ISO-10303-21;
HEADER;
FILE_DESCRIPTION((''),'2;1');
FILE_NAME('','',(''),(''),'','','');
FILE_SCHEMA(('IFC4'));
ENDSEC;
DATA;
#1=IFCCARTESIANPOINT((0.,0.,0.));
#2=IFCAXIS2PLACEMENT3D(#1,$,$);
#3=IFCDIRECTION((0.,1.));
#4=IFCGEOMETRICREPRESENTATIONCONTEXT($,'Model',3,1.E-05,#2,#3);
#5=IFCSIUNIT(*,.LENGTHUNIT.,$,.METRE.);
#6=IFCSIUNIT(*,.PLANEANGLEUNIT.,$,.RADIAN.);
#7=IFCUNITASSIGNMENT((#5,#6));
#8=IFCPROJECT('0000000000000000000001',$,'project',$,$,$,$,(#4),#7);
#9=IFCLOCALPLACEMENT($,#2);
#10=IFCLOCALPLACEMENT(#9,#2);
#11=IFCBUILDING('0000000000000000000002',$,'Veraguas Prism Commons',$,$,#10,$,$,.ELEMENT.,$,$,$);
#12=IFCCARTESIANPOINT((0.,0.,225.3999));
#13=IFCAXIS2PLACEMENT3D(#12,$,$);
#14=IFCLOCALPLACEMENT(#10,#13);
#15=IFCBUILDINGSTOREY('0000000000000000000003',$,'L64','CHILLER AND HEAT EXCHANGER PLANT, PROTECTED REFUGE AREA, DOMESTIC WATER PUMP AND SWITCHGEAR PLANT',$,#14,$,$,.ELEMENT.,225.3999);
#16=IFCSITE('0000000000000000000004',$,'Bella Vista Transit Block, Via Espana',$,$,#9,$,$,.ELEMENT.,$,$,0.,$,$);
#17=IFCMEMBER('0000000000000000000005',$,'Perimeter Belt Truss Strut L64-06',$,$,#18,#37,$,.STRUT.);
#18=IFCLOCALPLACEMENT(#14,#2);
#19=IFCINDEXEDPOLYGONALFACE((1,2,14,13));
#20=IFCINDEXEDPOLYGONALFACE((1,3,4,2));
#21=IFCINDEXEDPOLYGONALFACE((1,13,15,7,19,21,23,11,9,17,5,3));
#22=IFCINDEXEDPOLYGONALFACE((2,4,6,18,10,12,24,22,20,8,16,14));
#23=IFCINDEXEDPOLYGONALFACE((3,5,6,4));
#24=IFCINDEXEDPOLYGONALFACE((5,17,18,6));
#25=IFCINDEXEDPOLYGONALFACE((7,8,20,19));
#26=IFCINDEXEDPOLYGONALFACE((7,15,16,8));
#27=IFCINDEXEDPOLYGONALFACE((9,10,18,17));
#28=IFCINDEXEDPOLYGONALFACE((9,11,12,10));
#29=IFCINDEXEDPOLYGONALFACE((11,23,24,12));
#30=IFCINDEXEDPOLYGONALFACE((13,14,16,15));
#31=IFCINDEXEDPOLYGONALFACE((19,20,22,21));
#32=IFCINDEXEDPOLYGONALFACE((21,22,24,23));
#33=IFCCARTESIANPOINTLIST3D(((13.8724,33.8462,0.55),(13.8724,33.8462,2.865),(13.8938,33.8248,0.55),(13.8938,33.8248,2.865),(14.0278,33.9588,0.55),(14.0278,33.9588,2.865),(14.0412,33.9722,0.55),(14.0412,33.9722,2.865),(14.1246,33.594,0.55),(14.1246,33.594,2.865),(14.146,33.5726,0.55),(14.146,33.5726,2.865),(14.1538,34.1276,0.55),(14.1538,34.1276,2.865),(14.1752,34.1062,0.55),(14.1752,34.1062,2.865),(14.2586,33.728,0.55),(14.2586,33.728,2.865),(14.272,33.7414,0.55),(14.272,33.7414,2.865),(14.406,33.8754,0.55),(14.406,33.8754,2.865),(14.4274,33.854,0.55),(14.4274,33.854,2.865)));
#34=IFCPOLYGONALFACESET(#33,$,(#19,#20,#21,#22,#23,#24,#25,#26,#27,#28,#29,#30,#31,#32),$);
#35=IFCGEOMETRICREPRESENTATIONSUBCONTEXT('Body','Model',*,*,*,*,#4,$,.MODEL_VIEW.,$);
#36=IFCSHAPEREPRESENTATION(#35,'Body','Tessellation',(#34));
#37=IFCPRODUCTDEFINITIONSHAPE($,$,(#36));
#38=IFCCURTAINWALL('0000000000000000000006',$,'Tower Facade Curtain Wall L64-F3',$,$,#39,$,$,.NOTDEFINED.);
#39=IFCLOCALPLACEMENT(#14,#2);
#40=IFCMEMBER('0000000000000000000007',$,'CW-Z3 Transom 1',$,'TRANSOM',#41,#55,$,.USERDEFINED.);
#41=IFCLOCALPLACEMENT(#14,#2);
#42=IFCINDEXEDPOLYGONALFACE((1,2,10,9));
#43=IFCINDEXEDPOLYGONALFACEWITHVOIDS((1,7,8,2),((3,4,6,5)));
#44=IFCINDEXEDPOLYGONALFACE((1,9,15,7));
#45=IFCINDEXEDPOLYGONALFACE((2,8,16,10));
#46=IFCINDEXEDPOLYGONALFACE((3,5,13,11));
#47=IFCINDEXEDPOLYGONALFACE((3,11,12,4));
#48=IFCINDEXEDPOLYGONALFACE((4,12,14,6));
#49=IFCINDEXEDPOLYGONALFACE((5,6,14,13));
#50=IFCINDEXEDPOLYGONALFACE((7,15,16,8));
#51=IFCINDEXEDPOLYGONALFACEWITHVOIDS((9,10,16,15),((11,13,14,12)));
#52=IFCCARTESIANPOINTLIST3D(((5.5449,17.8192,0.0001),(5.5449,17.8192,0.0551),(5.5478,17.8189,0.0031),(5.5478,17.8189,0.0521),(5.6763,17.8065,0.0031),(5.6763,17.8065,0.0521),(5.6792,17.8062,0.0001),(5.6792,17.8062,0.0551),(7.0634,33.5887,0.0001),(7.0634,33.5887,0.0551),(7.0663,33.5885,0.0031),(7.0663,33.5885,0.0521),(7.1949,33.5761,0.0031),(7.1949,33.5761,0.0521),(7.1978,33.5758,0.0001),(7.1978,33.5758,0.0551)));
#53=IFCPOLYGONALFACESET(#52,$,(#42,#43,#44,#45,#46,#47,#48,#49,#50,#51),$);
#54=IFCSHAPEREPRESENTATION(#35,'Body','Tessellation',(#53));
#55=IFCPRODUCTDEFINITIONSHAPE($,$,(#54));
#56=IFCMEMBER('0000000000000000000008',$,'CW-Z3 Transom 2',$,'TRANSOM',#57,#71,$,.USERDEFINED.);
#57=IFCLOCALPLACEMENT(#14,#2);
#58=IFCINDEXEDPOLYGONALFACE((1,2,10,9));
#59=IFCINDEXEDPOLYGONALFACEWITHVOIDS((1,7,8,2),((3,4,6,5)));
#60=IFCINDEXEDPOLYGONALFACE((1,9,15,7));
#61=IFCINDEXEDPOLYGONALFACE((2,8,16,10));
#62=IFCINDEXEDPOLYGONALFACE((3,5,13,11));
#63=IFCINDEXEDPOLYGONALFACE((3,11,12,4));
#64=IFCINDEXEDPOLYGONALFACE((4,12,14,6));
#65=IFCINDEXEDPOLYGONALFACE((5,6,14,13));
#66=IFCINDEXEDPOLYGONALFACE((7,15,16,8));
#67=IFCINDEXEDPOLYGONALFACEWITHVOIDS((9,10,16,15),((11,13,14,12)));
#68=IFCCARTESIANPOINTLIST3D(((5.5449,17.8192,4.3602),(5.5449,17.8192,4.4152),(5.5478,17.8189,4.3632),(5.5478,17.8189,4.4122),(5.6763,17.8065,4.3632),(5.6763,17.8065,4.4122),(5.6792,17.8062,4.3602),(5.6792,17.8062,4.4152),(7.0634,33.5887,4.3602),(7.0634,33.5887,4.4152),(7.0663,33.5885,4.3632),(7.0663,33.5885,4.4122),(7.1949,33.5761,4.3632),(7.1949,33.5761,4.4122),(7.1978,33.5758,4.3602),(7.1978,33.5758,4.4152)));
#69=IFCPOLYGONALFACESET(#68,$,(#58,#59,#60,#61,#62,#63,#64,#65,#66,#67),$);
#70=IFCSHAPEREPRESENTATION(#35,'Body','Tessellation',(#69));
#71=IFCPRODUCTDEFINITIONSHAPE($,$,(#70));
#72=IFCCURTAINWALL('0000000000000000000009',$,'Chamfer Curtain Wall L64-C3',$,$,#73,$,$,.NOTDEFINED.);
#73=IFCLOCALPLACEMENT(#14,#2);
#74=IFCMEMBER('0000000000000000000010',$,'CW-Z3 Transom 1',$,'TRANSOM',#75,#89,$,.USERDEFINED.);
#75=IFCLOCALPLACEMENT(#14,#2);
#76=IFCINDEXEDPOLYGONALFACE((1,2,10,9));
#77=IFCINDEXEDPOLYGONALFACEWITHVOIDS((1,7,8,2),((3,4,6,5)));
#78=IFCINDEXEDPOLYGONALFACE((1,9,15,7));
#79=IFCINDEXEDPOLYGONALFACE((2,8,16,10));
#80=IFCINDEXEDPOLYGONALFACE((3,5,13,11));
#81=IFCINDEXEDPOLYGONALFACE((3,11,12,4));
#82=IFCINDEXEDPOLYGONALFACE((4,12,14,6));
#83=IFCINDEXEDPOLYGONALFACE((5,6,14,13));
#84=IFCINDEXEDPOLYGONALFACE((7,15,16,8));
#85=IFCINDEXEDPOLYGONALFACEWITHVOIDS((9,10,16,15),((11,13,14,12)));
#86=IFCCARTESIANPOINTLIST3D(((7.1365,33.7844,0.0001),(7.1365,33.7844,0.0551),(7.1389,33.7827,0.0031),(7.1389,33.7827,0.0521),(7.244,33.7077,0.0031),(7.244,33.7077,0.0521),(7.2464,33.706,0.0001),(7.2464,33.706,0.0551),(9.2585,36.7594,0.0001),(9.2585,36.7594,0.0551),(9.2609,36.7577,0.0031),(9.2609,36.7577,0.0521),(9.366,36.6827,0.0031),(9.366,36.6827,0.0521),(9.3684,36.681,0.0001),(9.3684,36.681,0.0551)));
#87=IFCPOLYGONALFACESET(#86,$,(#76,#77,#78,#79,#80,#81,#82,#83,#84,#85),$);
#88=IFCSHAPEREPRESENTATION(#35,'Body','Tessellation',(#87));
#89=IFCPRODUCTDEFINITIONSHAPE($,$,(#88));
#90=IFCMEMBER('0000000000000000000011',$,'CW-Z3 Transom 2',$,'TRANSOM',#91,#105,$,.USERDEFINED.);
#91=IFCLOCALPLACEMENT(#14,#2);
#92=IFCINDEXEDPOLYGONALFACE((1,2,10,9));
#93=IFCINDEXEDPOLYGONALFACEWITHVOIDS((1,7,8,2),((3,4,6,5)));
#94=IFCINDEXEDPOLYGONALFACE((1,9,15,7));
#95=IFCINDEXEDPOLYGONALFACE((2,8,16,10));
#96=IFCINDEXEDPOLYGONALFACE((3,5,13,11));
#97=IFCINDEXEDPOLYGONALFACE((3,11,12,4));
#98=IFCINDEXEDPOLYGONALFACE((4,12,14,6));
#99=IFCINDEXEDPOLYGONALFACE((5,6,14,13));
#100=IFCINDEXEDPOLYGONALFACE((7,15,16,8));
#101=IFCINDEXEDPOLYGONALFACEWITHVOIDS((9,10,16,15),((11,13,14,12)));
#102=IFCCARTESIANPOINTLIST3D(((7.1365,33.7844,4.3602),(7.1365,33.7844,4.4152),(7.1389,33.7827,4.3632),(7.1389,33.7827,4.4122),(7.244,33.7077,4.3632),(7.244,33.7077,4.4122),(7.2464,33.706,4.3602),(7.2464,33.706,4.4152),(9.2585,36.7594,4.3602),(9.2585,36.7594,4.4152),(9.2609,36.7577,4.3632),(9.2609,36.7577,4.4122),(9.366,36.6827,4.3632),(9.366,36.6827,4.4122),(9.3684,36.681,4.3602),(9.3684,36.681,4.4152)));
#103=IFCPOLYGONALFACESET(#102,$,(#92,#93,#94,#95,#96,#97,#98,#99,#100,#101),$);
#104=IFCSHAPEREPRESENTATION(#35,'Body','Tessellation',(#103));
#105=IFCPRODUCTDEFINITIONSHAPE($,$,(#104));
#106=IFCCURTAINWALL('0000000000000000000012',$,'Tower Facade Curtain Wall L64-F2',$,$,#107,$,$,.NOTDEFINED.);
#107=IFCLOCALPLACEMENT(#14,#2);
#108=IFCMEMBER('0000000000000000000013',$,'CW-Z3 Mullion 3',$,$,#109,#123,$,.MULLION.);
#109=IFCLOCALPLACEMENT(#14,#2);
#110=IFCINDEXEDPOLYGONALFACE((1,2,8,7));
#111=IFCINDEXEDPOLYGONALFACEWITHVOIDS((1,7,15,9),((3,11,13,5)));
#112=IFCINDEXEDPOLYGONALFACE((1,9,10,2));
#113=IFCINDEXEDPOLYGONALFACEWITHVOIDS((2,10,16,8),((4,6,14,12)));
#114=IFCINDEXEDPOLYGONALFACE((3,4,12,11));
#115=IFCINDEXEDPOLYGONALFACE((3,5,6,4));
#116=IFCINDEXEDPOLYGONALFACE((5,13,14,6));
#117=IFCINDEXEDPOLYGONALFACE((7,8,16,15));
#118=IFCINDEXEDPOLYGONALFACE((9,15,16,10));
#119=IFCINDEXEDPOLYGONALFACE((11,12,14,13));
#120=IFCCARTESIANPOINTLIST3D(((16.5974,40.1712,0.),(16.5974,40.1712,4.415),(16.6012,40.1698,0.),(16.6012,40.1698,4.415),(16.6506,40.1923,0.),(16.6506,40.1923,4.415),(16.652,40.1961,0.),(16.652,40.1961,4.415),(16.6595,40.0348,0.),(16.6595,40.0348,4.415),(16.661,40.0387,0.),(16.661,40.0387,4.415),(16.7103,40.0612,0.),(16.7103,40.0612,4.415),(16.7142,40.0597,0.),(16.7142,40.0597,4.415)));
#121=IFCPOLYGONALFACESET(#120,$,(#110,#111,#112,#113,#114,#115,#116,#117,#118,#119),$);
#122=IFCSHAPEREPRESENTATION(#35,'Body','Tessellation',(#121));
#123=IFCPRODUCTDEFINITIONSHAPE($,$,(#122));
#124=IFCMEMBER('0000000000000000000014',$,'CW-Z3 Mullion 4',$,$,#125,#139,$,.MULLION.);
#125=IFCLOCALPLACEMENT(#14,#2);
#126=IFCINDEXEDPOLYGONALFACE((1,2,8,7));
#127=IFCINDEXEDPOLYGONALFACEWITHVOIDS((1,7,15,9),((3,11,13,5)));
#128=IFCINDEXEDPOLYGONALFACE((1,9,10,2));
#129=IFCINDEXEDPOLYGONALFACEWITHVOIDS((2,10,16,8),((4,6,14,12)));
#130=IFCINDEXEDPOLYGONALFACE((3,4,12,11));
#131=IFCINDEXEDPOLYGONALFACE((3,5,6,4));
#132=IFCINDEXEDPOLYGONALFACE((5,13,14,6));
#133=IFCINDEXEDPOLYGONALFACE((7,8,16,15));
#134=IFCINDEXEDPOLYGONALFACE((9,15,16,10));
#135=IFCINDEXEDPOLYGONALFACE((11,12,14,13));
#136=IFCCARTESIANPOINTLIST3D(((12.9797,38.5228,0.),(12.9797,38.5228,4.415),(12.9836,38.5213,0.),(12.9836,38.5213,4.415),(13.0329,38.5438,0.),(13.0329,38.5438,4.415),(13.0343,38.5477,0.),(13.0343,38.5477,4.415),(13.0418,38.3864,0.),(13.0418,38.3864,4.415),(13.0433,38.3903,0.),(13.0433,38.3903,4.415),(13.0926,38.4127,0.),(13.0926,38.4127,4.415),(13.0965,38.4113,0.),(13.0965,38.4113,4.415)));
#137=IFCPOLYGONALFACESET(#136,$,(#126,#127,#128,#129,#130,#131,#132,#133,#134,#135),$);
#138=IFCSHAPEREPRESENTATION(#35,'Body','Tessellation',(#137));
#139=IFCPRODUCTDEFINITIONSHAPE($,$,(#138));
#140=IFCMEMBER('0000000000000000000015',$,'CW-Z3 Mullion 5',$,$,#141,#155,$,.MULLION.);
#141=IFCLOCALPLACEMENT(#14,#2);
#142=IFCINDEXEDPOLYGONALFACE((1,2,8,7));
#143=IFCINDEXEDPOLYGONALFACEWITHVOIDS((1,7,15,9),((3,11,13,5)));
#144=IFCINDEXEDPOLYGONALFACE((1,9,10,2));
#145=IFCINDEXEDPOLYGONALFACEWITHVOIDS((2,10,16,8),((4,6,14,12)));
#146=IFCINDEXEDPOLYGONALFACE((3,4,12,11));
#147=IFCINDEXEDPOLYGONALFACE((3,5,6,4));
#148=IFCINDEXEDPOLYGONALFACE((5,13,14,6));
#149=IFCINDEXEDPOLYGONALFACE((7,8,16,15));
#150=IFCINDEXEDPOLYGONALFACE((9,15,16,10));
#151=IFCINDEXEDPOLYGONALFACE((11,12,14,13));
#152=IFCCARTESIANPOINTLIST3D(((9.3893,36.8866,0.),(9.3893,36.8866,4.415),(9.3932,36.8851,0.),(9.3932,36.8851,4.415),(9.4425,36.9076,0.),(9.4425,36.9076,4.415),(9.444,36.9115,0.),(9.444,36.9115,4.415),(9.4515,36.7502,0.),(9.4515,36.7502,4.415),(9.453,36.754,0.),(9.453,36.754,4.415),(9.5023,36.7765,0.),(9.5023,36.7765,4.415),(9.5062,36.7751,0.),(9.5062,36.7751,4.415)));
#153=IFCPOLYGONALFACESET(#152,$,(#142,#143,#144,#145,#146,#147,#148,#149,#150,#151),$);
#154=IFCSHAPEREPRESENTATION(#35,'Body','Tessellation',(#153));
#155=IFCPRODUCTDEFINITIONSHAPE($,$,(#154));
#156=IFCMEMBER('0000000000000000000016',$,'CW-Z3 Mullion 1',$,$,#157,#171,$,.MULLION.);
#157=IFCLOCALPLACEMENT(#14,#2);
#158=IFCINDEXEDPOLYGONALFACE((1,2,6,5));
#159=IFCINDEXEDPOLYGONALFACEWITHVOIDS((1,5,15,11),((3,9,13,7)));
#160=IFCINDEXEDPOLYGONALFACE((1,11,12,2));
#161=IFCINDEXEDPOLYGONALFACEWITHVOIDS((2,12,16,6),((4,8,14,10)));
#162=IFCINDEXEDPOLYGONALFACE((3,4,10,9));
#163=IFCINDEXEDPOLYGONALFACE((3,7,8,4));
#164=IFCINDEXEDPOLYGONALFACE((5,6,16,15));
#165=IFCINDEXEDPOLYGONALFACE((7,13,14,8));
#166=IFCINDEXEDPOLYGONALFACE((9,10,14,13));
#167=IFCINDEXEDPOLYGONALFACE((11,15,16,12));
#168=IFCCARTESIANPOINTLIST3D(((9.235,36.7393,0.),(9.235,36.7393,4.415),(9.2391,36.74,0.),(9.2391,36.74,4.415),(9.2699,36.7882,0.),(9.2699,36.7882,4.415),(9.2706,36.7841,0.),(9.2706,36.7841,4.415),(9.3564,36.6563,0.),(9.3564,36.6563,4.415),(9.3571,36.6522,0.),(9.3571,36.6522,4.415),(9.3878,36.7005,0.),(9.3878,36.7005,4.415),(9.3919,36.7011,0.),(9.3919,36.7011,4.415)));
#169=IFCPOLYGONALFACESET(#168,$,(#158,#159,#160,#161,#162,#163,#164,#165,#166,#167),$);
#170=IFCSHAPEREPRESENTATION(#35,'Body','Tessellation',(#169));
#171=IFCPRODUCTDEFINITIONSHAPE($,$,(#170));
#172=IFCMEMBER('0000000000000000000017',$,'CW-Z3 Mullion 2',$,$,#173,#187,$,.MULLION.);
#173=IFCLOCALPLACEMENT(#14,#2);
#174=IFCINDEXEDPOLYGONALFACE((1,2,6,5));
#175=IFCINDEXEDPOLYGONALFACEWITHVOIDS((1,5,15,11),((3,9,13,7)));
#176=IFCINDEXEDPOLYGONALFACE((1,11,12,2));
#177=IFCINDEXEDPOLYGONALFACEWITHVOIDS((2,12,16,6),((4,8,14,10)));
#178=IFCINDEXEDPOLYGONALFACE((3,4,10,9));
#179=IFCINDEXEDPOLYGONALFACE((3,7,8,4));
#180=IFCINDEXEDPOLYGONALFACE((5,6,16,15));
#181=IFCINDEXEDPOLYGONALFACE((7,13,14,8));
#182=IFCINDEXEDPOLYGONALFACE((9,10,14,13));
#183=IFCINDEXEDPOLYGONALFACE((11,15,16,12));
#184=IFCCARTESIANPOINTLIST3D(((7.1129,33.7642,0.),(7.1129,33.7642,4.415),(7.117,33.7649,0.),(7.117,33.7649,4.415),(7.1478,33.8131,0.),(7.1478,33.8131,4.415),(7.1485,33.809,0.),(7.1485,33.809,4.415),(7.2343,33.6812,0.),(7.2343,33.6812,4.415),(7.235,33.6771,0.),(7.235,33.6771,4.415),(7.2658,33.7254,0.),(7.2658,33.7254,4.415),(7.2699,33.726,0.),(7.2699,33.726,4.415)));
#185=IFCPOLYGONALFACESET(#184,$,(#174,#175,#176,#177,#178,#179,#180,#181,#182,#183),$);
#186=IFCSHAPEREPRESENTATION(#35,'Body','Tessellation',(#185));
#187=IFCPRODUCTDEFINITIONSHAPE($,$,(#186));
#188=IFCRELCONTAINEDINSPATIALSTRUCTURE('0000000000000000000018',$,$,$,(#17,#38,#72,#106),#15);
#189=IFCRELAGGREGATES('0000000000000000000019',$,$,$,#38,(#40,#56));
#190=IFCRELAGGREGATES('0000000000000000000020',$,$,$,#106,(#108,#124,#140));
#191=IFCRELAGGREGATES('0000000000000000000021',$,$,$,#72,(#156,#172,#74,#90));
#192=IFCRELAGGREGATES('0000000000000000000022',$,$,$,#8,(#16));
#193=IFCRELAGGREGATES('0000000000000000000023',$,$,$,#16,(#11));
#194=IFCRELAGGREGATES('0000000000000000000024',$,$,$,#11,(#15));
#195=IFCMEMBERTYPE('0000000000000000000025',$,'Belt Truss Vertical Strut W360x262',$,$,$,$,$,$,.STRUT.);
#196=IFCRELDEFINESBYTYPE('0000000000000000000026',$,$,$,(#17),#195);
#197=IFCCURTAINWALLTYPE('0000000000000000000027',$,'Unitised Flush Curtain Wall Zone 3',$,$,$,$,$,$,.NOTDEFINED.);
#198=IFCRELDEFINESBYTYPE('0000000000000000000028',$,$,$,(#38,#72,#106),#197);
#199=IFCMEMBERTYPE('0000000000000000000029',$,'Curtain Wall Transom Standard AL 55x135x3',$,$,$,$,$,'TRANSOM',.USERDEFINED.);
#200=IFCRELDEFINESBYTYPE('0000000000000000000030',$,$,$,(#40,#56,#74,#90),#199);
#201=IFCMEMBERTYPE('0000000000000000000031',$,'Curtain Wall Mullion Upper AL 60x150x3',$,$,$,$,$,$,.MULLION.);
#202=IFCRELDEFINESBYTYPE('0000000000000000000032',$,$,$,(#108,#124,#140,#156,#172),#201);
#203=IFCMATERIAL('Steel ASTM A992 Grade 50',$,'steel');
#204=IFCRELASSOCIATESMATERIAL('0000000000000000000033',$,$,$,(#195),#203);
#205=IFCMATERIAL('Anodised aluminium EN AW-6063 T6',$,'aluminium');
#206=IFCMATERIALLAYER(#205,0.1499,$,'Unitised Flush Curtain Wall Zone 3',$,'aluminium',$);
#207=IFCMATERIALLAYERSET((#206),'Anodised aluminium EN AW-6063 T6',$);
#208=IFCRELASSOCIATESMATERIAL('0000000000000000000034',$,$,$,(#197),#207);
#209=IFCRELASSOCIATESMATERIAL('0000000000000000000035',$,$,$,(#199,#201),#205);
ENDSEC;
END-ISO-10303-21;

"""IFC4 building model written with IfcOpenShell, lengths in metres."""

from ifc_helpers import new_model, si_unit, direction, frame, origin, origin_2d, place, context, subcontext, project, spatial, hollow_rectangle, i_section, extrude, source, transform, mapped, material, layer, layer_set, material_profile, profile_set, type_object, element, aggregate, save


model = new_model("IFC4")

# Units and contexts
model_context = context("Model", 3, precision=1e-05, world=origin(), true_north=direction((0.0, 1.0)))
body_context = subcontext(model_context, "Body", "Model", "MODEL_VIEW")
ifc_project = project(units=[si_unit("LENGTHUNIT", "METRE"), si_unit("PLANEANGLEUNIT", "RADIAN")], contexts=[model_context])

# Site, building, storey
site_placement = place(None, origin())
site = spatial("IfcSite", under=ifc_project, at=site_placement, Name="Bella Vista Transit Block, Via Espana", CompositionType="ELEMENT", RefElevation=0.0)
building_placement = place(site_placement, origin())
building = spatial("IfcBuilding", under=site, at=building_placement, Name="Veraguas Prism Commons", CompositionType="ELEMENT")
storey_placement = place(building_placement, frame((0.0, 0.0, 225.3999)))
storey = spatial("IfcBuildingStorey", under=building, at=storey_placement, Name="L64", Description="CHILLER AND HEAT EXCHANGER PLANT, PROTECTED REFUGE AREA, DOMESTIC WATER PUMP AND SWITCHGEAR PLANT", CompositionType="ELEMENT", Elevation=225.3999)

# Member
ifc_material_1 = material(Name="Steel ASTM A992 Grade 50", Category="steel")
ifc_material_profile_1 = material_profile(ifc_material_1, i_section(OverallWidth=0.3979, OverallDepth=0.387, WebThickness=0.019, FlangeThickness=0.0303, at=origin_2d()), Name="W360X262")
ifc_profile_set_1 = profile_set([ifc_material_profile_1], Name="Steel ASTM A992 Grade 50")
member_type_1 = type_object("IfcMemberType", Name="Belt Truss Vertical Strut W360x262", PredefinedType="STRUT", material=ifc_profile_set_1)
member_1_placement = place(storey_placement, frame((14.1499, 33.8501, 0.55), z_axis=(0.0, 0.0, 1.0), x_axis=(-0.707107, -0.707107, 0.0)))
element("IfcMember", 1, at=member_1_placement, inside=storey, type_object=member_type_1, Name="Perimeter Belt Truss Strut L64-06", PredefinedType="STRUT", context=body_context, shape_type="SweptSolid", body=[
    extrude(i_section(OverallWidth=0.3979, OverallDepth=0.387, WebThickness=0.019, FlangeThickness=0.0303, at=origin_2d()), origin(), (0.0, 0.0, 1.0), 2.3149),
])

# Curtain walls, members
ifc_material_2 = material(Name="Anodised aluminium EN AW-6063 T6", Category="aluminium")
ifc_layer_1 = layer(ifc_material_2, 0.1499, Name="Unitised Flush Curtain Wall Zone 3", Category="aluminium")
ifc_layer_set_1 = layer_set([ifc_layer_1], Name="Anodised aluminium EN AW-6063 T6")
curtain_wall_type = type_object("IfcCurtainWallType", Name="Unitised Flush Curtain Wall Zone 3", PredefinedType="NOTDEFINED", material=ifc_layer_set_1)
curtain_wall_1_placement = place(storey_placement, origin())
curtain_wall_1 = element("IfcCurtainWall", 2, at=curtain_wall_1_placement, inside=storey, type_object=curtain_wall_type, Name="Tower Facade Curtain Wall L64-F3", PredefinedType="NOTDEFINED")
ifc_material_profile_2 = material_profile(ifc_material_2, hollow_rectangle(XDim=0.0549, YDim=0.135, WallThickness=0.0029, at=origin_2d()), Name="AL55X135X3")
ifc_profile_set_2 = profile_set([ifc_material_profile_2], Name="Anodised aluminium EN AW-6063 T6")
member_type_2 = type_object("IfcMemberType", Name="Curtain Wall Transom Standard AL 55x135x3", ElementType="TRANSOM", PredefinedType="USERDEFINED", material=ifc_profile_set_2)
shared_shape_1 = source(origin(), body_context, "Body", "SweptSolid", [
    extrude(hollow_rectangle(XDim=0.0549, YDim=0.135, WallThickness=0.0029, at=origin_2d()), origin(), (0.0, 0.0, 1.0), 15.8425),
])
member_2_placement = place(storey_placement, frame((7.1306, 33.5823, 0.0276), z_axis=(-0.095853, -0.995395, 0.0), x_axis=(0.0, 0.0, 1.0)))
member_2 = element("IfcMember", 3, at=member_2_placement, type_object=member_type_2, Name="CW-Z3 Transom 1", ObjectType="TRANSOM", PredefinedType="USERDEFINED", context=body_context, shape_type="MappedRepresentation", body=[
    mapped(shared_shape_1, transform((0.0, 0.0, 0.0), scale=1.0)),
])
member_3_placement = place(storey_placement, frame((7.1306, 33.5823, 4.3877), z_axis=(-0.095853, -0.995395, 0.0), x_axis=(0.0, 0.0, 1.0)))
member_3 = element("IfcMember", 4, at=member_3_placement, type_object=member_type_2, Name="CW-Z3 Transom 2", ObjectType="TRANSOM", PredefinedType="USERDEFINED", context=body_context, shape_type="MappedRepresentation", body=[
    mapped(shared_shape_1, transform((0.0, 0.0, 0.0), scale=1.0)),
])
aggregate(curtain_wall_1, [member_2, member_3])
curtain_wall_2_placement = place(storey_placement, origin())
curtain_wall_2 = element("IfcCurtainWall", 5, at=curtain_wall_2_placement, inside=storey, type_object=curtain_wall_type, Name="Chamfer Curtain Wall L64-C3", PredefinedType="NOTDEFINED")
shared_shape_2 = source(origin(), body_context, "Body", "SweptSolid", [
    extrude(hollow_rectangle(XDim=0.0549, YDim=0.135, WallThickness=0.0029, at=origin_2d()), origin(), (0.0, 0.0, 1.0), 3.6543),
])
member_4_placement = place(storey_placement, frame((9.3135, 36.7202, 0.0276), z_axis=(-0.580695, -0.814121, 0.0), x_axis=(0.0, 0.0, 1.0)))
member_4 = element("IfcMember", 6, at=member_4_placement, type_object=member_type_2, Name="CW-Z3 Transom 1", ObjectType="TRANSOM", PredefinedType="USERDEFINED", context=body_context, shape_type="MappedRepresentation", body=[
    mapped(shared_shape_2, transform((0.0, 0.0, 0.0), scale=1.0)),
])
member_5_placement = place(storey_placement, frame((9.3135, 36.7202, 4.3877), z_axis=(-0.580695, -0.814121, 0.0), x_axis=(0.0, 0.0, 1.0)))
member_5 = element("IfcMember", 7, at=member_5_placement, type_object=member_type_2, Name="CW-Z3 Transom 2", ObjectType="TRANSOM", PredefinedType="USERDEFINED", context=body_context, shape_type="MappedRepresentation", body=[
    mapped(shared_shape_2, transform((0.0, 0.0, 0.0), scale=1.0)),
])
curtain_wall_3_placement = place(storey_placement, origin())
curtain_wall_3 = element("IfcCurtainWall", 8, at=curtain_wall_3_placement, inside=storey, type_object=curtain_wall_type, Name="Tower Facade Curtain Wall L64-F2", PredefinedType="NOTDEFINED")
ifc_material_profile_3 = material_profile(ifc_material_2, hollow_rectangle(XDim=0.0601, YDim=0.1499, WallThickness=0.0029, at=origin_2d()), Name="AL60X150X3")
ifc_profile_set_3 = profile_set([ifc_material_profile_3], Name="Anodised aluminium EN AW-6063 T6")
member_type_3 = type_object("IfcMemberType", Name="Curtain Wall Mullion Upper AL 60x150x3", PredefinedType="MULLION", material=ifc_profile_set_3)
shared_shape_3 = source(origin(), body_context, "Body", "SweptSolid", [
    extrude(hollow_rectangle(XDim=0.0601, YDim=0.1499, WallThickness=0.0029, at=origin_2d()), origin(), (0.0, 0.0, 1.0), 4.415),
])
member_6_placement = place(storey_placement, frame((16.6558, 40.1155, 0.0), z_axis=(0.0, 0.0, 1.0), x_axis=(-0.909962, -0.414692, 0.0)))
member_6 = element("IfcMember", 9, at=member_6_placement, type_object=member_type_3, Name="CW-Z3 Mullion 3", PredefinedType="MULLION", context=body_context, shape_type="MappedRepresentation", body=[
    mapped(shared_shape_3, transform((0.0, 0.0, 0.0), scale=1.0)),
])
member_7_placement = place(storey_placement, frame((13.0381, 38.467, 0.0), z_axis=(0.0, 0.0, 1.0), x_axis=(-0.909962, -0.414692, 0.0)))
member_7 = element("IfcMember", 10, at=member_7_placement, type_object=member_type_3, Name="CW-Z3 Mullion 4", PredefinedType="MULLION", context=body_context, shape_type="MappedRepresentation", body=[
    mapped(shared_shape_3, transform((0.0, 0.0, 0.0), scale=1.0)),
])
member_8_placement = place(storey_placement, frame((9.4478, 36.8308, 0.0), z_axis=(0.0, 0.0, 1.0), x_axis=(-0.909962, -0.414692, 0.0)))
member_8 = element("IfcMember", 11, at=member_8_placement, type_object=member_type_3, Name="CW-Z3 Mullion 5", PredefinedType="MULLION", context=body_context, shape_type="MappedRepresentation", body=[
    mapped(shared_shape_3, transform((0.0, 0.0, 0.0), scale=1.0)),
])

# Members
member_9_placement = place(storey_placement, frame((9.3135, 36.7202, 0.0), z_axis=(0.0, 0.0, 1.0), x_axis=(-0.580703, -0.814116, 0.0)))
member_9 = element("IfcMember", 12, at=member_9_placement, type_object=member_type_3, Name="CW-Z3 Mullion 1", PredefinedType="MULLION", context=body_context, shape_type="MappedRepresentation", body=[
    mapped(shared_shape_3, transform((0.0, 0.0, 0.0), scale=1.0)),
])
member_10_placement = place(storey_placement, frame((7.1914, 33.7451, 0.0), z_axis=(0.0, 0.0, 1.0), x_axis=(-0.580703, -0.814116, 0.0)))
member_10 = element("IfcMember", 13, at=member_10_placement, type_object=member_type_3, Name="CW-Z3 Mullion 2", PredefinedType="MULLION", context=body_context, shape_type="MappedRepresentation", body=[
    mapped(shared_shape_3, transform((0.0, 0.0, 0.0), scale=1.0)),
])

aggregate(curtain_wall_3, [member_6, member_7, member_8])
aggregate(curtain_wall_2, [member_9, member_10, member_4, member_5])

save(model, "model.ifc")
